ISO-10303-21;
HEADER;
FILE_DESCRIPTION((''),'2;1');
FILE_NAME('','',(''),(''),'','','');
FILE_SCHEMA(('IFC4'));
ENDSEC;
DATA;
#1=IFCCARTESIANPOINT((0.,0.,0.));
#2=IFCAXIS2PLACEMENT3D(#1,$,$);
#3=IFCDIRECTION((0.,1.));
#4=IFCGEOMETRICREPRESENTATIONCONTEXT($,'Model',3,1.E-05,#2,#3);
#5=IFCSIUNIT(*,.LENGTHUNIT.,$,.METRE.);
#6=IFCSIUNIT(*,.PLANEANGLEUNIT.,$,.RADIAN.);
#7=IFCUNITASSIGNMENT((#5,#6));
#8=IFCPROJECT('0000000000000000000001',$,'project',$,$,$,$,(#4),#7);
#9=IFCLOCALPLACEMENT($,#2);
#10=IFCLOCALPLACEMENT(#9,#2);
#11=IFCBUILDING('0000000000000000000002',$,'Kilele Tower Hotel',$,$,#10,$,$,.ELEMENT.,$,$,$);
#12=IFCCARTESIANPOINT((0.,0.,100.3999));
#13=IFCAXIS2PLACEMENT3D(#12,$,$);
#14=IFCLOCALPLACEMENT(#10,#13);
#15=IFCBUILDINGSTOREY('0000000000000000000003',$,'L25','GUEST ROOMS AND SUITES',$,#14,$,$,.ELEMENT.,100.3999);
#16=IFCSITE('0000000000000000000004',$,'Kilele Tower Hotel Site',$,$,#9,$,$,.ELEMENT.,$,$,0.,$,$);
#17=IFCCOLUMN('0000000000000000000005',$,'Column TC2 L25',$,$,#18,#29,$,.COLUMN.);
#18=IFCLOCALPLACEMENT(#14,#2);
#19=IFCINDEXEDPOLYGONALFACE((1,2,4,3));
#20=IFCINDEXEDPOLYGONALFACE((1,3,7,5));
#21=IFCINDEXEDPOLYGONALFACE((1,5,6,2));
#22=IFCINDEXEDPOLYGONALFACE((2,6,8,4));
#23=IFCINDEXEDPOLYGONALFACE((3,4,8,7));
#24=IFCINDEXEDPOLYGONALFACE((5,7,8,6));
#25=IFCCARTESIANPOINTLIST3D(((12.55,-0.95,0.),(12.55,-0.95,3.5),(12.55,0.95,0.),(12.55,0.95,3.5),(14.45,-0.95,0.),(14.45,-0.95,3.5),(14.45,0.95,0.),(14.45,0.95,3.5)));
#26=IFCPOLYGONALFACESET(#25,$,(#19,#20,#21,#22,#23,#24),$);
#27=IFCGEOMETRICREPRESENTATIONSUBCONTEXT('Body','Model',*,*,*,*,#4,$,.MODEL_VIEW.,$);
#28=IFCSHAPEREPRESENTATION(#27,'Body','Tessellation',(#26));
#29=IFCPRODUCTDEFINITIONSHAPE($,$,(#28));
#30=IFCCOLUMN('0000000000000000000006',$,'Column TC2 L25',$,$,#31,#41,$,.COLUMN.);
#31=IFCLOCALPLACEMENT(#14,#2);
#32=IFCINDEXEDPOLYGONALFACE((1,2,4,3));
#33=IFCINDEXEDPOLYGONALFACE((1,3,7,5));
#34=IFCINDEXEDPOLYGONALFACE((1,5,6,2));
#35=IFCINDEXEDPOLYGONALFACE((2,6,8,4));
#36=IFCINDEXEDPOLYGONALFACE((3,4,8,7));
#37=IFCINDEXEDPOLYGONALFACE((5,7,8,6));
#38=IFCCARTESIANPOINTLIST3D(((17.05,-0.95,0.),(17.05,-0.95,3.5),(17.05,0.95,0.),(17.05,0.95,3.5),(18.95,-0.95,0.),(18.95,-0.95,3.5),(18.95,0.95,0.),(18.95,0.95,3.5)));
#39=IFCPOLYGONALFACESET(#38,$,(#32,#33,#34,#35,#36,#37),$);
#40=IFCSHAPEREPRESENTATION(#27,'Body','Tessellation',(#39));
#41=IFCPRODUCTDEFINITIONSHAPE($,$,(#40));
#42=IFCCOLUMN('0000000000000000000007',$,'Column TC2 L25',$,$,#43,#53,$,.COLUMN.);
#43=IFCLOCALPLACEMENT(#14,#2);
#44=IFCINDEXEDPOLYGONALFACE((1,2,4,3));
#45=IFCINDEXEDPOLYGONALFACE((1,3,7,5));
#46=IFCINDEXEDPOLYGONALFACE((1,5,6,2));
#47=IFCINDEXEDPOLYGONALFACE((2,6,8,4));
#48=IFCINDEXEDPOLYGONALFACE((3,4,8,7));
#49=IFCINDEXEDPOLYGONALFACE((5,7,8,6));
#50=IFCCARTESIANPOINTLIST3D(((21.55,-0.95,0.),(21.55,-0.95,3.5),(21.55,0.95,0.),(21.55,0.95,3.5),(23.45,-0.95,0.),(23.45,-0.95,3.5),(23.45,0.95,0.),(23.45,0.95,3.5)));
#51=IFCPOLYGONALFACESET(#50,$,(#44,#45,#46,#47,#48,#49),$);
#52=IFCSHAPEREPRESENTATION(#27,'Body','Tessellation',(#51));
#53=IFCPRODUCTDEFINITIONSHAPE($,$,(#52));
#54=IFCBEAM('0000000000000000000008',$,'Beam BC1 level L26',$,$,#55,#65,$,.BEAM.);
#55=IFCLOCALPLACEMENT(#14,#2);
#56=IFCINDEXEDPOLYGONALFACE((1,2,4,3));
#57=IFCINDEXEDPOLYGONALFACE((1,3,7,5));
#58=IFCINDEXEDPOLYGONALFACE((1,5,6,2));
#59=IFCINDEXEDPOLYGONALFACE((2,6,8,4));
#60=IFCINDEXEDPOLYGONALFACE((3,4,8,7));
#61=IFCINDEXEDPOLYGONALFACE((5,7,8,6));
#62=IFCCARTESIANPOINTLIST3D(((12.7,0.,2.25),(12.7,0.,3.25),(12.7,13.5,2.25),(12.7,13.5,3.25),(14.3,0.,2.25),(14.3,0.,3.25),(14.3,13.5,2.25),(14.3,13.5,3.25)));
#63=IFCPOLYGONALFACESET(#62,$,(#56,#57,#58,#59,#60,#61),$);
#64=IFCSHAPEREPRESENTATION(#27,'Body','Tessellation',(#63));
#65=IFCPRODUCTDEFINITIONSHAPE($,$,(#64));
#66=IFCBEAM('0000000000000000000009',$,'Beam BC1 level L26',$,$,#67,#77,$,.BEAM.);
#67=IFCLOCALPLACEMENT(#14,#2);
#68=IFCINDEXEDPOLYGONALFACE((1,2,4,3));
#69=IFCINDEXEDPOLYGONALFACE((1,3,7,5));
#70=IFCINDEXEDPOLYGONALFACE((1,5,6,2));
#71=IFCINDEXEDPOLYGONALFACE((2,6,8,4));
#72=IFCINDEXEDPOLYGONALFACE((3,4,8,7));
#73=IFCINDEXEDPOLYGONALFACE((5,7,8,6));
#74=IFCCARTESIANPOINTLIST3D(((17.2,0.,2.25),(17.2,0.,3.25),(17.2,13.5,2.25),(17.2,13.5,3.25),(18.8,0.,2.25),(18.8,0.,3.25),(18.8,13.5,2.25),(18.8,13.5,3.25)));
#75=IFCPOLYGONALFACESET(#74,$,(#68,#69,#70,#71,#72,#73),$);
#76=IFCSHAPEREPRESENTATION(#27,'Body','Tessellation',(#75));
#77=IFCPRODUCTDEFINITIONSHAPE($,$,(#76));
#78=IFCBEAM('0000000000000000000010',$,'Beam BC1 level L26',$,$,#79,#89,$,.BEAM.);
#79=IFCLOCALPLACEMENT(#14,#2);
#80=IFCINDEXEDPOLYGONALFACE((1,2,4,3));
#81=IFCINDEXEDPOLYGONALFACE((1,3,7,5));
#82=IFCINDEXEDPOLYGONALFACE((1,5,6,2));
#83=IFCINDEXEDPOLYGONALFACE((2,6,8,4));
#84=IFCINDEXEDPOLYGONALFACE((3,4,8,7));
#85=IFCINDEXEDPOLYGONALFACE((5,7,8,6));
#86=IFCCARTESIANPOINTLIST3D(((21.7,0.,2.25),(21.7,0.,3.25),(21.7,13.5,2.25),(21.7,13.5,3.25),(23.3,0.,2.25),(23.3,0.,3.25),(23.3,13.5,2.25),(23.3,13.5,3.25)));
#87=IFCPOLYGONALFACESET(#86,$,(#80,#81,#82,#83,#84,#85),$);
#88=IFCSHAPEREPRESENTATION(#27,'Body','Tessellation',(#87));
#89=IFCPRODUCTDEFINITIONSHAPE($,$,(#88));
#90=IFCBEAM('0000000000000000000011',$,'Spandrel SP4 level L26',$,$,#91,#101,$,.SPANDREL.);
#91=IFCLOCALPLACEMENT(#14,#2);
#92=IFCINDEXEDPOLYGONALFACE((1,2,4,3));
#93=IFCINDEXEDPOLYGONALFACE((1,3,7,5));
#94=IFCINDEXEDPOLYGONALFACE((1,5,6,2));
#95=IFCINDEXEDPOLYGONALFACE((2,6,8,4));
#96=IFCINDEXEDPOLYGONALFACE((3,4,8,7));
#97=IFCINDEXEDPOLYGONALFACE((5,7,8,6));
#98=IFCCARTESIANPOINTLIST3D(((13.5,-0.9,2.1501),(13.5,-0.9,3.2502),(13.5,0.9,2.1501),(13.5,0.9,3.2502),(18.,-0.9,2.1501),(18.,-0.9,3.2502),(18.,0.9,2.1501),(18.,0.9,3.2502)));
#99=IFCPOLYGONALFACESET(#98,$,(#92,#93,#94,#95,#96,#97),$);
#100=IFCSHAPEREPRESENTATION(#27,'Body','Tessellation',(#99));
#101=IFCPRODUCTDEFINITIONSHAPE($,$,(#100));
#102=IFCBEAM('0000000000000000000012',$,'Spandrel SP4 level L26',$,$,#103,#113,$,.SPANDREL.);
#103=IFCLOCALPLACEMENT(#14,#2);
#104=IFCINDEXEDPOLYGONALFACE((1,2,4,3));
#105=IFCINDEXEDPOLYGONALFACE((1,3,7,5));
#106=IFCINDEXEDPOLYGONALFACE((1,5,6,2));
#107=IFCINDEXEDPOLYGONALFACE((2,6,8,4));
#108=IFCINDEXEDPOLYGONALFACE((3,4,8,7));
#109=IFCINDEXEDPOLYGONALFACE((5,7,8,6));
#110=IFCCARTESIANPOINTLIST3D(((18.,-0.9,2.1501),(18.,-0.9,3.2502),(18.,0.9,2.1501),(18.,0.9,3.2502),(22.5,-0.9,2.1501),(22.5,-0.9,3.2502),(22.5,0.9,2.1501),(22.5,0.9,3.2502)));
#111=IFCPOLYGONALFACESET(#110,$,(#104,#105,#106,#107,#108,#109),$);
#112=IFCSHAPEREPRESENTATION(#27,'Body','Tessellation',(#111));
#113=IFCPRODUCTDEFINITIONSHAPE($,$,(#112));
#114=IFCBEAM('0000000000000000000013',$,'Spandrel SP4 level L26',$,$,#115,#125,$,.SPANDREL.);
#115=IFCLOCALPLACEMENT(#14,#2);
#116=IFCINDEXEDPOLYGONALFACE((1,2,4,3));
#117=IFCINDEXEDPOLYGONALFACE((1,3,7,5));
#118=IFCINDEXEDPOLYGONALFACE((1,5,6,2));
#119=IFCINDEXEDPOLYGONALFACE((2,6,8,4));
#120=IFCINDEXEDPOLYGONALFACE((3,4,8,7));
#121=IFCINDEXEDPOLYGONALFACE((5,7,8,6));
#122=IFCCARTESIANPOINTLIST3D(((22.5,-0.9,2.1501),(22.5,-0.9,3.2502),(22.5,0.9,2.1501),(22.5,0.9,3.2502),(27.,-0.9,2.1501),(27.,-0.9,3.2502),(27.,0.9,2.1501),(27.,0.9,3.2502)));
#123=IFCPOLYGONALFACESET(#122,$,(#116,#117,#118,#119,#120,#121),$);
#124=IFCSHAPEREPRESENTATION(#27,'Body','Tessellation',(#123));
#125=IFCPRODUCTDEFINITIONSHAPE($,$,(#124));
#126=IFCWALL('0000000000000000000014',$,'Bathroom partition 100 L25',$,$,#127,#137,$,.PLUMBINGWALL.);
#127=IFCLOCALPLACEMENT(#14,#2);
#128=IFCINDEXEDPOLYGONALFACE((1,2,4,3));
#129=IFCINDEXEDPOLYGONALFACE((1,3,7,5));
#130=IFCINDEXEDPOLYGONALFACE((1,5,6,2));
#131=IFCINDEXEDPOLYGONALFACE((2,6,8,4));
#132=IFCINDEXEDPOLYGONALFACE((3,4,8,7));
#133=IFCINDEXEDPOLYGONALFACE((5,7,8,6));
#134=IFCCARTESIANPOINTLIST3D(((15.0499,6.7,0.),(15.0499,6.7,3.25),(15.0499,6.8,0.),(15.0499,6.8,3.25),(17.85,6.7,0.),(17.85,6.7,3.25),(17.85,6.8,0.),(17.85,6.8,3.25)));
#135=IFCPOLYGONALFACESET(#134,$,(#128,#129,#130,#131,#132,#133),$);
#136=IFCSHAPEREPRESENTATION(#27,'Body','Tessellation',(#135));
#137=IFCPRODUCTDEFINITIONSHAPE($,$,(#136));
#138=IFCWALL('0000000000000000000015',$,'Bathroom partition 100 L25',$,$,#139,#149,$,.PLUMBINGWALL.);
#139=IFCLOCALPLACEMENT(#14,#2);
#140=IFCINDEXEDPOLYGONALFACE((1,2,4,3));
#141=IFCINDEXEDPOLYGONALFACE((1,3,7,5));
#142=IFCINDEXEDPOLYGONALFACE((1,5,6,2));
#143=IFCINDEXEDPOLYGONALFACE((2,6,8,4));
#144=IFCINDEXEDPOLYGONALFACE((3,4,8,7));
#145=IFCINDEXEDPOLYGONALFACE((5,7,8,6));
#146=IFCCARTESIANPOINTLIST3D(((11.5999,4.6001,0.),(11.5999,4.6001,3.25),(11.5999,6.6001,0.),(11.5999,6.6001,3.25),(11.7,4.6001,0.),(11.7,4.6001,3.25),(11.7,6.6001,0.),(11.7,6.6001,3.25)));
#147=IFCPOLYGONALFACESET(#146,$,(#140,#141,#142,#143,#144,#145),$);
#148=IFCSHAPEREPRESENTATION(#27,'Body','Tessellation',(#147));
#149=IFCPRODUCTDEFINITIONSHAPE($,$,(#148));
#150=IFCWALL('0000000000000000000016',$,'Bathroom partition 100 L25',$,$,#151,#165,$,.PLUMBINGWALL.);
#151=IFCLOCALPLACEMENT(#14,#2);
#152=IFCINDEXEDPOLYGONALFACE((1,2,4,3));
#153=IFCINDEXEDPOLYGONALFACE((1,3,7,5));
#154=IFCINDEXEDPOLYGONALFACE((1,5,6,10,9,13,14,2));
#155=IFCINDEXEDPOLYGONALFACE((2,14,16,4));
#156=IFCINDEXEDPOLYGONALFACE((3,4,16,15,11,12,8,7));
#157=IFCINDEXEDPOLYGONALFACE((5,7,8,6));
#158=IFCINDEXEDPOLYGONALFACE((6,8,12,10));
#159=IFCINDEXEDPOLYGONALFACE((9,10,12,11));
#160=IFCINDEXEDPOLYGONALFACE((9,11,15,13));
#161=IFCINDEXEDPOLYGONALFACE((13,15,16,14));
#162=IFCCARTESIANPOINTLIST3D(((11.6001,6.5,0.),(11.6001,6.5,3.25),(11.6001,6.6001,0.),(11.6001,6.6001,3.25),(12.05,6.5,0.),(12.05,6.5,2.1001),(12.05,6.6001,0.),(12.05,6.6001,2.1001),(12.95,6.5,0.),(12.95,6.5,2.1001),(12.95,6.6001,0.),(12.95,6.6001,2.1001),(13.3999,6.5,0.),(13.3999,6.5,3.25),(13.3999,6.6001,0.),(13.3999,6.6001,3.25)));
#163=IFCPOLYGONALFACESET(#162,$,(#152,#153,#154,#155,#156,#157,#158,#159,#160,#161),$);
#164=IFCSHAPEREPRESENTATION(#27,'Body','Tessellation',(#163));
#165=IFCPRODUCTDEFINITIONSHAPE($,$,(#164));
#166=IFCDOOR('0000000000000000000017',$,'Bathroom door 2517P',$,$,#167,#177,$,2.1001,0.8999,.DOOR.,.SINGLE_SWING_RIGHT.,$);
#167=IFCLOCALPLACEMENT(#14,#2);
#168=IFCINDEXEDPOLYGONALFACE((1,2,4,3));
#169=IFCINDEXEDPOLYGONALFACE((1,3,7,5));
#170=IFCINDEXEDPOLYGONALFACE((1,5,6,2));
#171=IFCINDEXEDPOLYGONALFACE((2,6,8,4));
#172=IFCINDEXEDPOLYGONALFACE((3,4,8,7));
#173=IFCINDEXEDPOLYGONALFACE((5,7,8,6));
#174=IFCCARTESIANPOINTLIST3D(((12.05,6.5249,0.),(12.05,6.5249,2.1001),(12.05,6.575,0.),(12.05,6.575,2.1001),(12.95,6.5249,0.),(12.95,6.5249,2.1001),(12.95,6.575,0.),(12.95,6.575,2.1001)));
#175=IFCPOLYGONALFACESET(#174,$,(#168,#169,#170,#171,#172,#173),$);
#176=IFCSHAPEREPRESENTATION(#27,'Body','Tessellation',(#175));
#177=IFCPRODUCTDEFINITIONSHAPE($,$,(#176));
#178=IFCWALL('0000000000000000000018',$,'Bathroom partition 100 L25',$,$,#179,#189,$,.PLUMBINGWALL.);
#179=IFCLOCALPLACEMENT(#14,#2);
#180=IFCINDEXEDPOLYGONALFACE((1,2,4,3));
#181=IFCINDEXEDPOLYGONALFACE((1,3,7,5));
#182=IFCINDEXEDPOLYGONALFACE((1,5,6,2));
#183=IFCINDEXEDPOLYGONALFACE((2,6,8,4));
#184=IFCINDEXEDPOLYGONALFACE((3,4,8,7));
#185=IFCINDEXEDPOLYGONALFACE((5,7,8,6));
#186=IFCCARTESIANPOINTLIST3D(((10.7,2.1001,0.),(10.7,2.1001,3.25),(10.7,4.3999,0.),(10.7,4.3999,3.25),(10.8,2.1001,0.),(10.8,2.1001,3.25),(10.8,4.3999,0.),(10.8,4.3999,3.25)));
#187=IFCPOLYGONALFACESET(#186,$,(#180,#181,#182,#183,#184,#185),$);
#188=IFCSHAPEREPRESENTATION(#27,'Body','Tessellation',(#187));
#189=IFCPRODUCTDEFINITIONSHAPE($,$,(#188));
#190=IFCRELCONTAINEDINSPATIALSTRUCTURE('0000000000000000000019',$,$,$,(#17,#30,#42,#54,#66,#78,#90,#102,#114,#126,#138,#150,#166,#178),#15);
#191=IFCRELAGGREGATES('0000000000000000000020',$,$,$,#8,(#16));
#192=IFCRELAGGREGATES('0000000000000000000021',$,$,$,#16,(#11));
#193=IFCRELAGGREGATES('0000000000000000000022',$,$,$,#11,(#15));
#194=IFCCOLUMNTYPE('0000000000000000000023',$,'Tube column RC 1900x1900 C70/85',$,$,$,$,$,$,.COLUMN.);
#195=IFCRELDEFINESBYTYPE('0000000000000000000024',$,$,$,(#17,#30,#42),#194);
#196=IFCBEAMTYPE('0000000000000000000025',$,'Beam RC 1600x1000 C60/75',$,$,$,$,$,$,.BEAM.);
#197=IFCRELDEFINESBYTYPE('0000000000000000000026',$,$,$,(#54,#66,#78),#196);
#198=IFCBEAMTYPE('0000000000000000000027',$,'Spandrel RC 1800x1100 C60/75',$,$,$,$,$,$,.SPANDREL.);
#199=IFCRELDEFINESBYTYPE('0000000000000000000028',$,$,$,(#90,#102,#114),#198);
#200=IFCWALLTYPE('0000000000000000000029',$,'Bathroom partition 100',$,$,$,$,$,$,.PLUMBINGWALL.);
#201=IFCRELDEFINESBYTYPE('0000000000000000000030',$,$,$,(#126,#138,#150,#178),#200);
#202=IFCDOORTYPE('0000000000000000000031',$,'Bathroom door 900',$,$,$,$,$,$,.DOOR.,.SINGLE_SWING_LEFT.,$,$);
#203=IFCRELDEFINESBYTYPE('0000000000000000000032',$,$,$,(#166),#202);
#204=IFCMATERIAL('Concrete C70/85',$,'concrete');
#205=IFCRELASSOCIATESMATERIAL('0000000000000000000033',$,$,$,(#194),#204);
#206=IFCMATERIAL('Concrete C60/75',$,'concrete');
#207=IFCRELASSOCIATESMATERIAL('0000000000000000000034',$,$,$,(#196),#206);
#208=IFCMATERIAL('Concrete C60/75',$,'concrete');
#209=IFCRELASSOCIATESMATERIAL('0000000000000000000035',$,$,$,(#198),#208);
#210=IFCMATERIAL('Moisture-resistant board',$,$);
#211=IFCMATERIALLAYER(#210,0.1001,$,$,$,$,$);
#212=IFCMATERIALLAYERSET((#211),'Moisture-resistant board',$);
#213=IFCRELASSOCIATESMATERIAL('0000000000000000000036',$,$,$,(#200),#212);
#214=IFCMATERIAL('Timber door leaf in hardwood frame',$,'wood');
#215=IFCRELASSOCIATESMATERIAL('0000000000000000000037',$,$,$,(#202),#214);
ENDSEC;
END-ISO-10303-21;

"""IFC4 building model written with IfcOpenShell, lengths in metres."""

from ifc_helpers import new_model, si_unit, direction, frame, frame_2d, origin, origin_2d, place, context, subcontext, project, spatial, rectangle, extrude, material, layer, layer_set, material_profile, profile_set, type_object, element, fill, save


model = new_model("IFC4")

# Units and contexts
model_context = context("Model", 3, precision=1e-05, world=origin(), true_north=direction((0.0, 1.0)))
body_context = subcontext(model_context, "Body", "Model", "MODEL_VIEW")
ifc_project = project(units=[si_unit("LENGTHUNIT", "METRE"), si_unit("PLANEANGLEUNIT", "RADIAN")], contexts=[model_context])

# Site, building, storey
site_placement = place(None, origin())
site = spatial("IfcSite", under=ifc_project, at=site_placement, Name="Kilele Tower Hotel Site", CompositionType="ELEMENT", RefElevation=0.0)
building_placement = place(site_placement, origin())
building = spatial("IfcBuilding", under=site, at=building_placement, Name="Kilele Tower Hotel", CompositionType="ELEMENT")
storey_placement = place(building_placement, frame((0.0, 0.0, 100.3999)))
storey = spatial("IfcBuildingStorey", under=building, at=storey_placement, Name="L25", Description="GUEST ROOMS AND SUITES", CompositionType="ELEMENT", Elevation=100.3999)

# Columns
ifc_material_1 = material(Name="Concrete C70/85", Category="concrete")
ifc_material_profile_1 = material_profile(ifc_material_1, rectangle(XDim=1.8999, YDim=1.8999, at=origin_2d()))
ifc_profile_set_1 = profile_set([ifc_material_profile_1], Name="Concrete C70/85")
column_type = type_object("IfcColumnType", Name="Tube column RC 1900x1900 C70/85", PredefinedType="COLUMN", material=ifc_profile_set_1)
for number, where, z_axis, x_axis, name in (
    (1, (13.5, 0.0, 0.0), (0.0, 0.0, 1.0), (1.0, 0.0, 0.0), "Column TC2 L25"),
    (2, (18.0, 0.0, 0.0), (0.0, 0.0, 1.0), (1.0, 0.0, 0.0), "Column TC2 L25"),
    (3, (22.5, 0.0, 0.0), (0.0, 0.0, 1.0), (1.0, 0.0, 0.0), "Column TC2 L25"),
):
    element("IfcColumn", number, at=place(storey_placement, frame(where, z_axis=z_axis, x_axis=x_axis)), inside=storey, type_object=column_type, Name=name, PredefinedType="COLUMN", context=body_context, shape_type="SweptSolid", body=[
        extrude(rectangle(XDim=1.8999, YDim=1.8999, at=origin_2d()), origin(), (0.0, 0.0, 1.0), 3.5),
    ])

# Beams
ifc_material_2 = material(Name="Concrete C60/75", Category="concrete")
ifc_material_profile_2 = material_profile(ifc_material_2, rectangle(XDim=1.6001, YDim=1.0, at=origin_2d()))
ifc_profile_set_2 = profile_set([ifc_material_profile_2], Name="Concrete C60/75")
beam_type_1 = type_object("IfcBeamType", Name="Beam RC 1600x1000 C60/75", PredefinedType="BEAM", material=ifc_profile_set_2)
for number, where, z_axis, x_axis, name in (
    (4, (13.5, 0.0, 2.75), (0.0, 1.0, 0.0), (-1.0, 0.0, 0.0), "Beam BC1 level L26"),
    (5, (18.0, 0.0, 2.75), (0.0, 1.0, 0.0), (-1.0, 0.0, 0.0), "Beam BC1 level L26"),
    (6, (22.5, 0.0, 2.75), (0.0, 1.0, 0.0), (-1.0, 0.0, 0.0), "Beam BC1 level L26"),
):
    element("IfcBeam", number, at=place(storey_placement, frame(where, z_axis=z_axis, x_axis=x_axis)), inside=storey, type_object=beam_type_1, Name=name, PredefinedType="BEAM", context=body_context, shape_type="SweptSolid", body=[
        extrude(rectangle(XDim=1.6001, YDim=1.0, at=origin_2d()), origin(), (0.0, 0.0, 1.0), 13.5),
    ])
ifc_material_3 = material(Name="Concrete C60/75", Category="concrete")
ifc_material_profile_3 = material_profile(ifc_material_3, rectangle(XDim=1.8, YDim=1.1001, at=origin_2d()))
ifc_profile_set_3 = profile_set([ifc_material_profile_3], Name="Concrete C60/75")
beam_type_2 = type_object("IfcBeamType", Name="Spandrel RC 1800x1100 C60/75", PredefinedType="SPANDREL", material=ifc_profile_set_3)
for number, where, z_axis, x_axis, name in (
    (7, (13.5, 0.0, 2.7002), (1.0, 0.0, 0.0), (0.0, 1.0, 0.0), "Spandrel SP4 level L26"),
    (8, (18.0, 0.0, 2.7002), (1.0, 0.0, 0.0), (0.0, 1.0, 0.0), "Spandrel SP4 level L26"),
    (9, (22.5, 0.0, 2.7002), (1.0, 0.0, 0.0), (0.0, 1.0, 0.0), "Spandrel SP4 level L26"),
):
    element("IfcBeam", number, at=place(storey_placement, frame(where, z_axis=z_axis, x_axis=x_axis)), inside=storey, type_object=beam_type_2, Name=name, PredefinedType="SPANDREL", context=body_context, shape_type="SweptSolid", body=[
        extrude(rectangle(XDim=1.8, YDim=1.1001, at=origin_2d()), origin(), (0.0, 0.0, 1.0), 4.5),
    ])

# Walls
ifc_material_4 = material(Name="Moisture-resistant board")
ifc_layer_1 = layer(ifc_material_4, 0.1001)
ifc_layer_set_1 = layer_set([ifc_layer_1], Name="Moisture-resistant board")
wall_type_1 = type_object("IfcWallType", Name="Bathroom partition 100", PredefinedType="PLUMBINGWALL", material=ifc_layer_set_1)
wall_1_placement = place(storey_placement, frame((15.05, 6.75, 0.0), z_axis=(0.0, 0.0, 1.0), x_axis=(1.0, 0.0, 0.0)))
element("IfcWall", 10, at=wall_1_placement, inside=storey, type_object=wall_type_1, Name="Bathroom partition 100 L25", PredefinedType="PLUMBINGWALL", context=body_context, shape_type="SweptSolid", body=[
    extrude(rectangle(XDim=2.8, YDim=0.1001, at=frame_2d((1.3999, 0.0))), origin(), (0.0, 0.0, 1.0), 3.25),
])
wall_2_placement = place(storey_placement, frame((11.6499, 4.6001, 0.0), z_axis=(0.0, 0.0, 1.0), x_axis=(0.0, 1.0, 0.0)))
element("IfcWall", 11, at=wall_2_placement, inside=storey, type_object=wall_type_1, Name="Bathroom partition 100 L25", PredefinedType="PLUMBINGWALL", context=body_context, shape_type="SweptSolid", body=[
    extrude(rectangle(XDim=2.0, YDim=0.1001, at=frame_2d((1.0, 0.0))), origin(), (0.0, 0.0, 1.0), 3.25),
])

# Wall, opening, door
wall_3_placement = place(storey_placement, frame((13.3999, 6.55, 0.0), z_axis=(0.0, 0.0, 1.0), x_axis=(-1.0, 0.0, 0.0)))
wall_3 = element("IfcWall", 12, at=wall_3_placement, inside=storey, type_object=wall_type_1, Name="Bathroom partition 100 L25", PredefinedType="PLUMBINGWALL", context=body_context, shape_type="SweptSolid", body=[
    extrude(rectangle(XDim=1.7998, YDim=0.1001, at=frame_2d((0.8999, 0.0))), origin(), (0.0, 0.0, 1.0), 3.25),
])
opening_1_placement = place(wall_3_placement, frame((1.3499, 0.0, 0.0), z_axis=(0.0, 0.0, 1.0), x_axis=(-1.0, 0.0, 0.0)))
opening_1 = element("IfcOpeningElement", 13, at=opening_1_placement, cuts=wall_3, PredefinedType="OPENING", context=body_context, shape_type="SweptSolid", body=[
    extrude(rectangle(XDim=0.8999, YDim=2.1001, at=frame_2d((0.45, 1.05))), frame((0.0, 0.0601, 0.0), z_axis=(0.0, -1.0, 0.0), x_axis=(1.0, 0.0, 0.0)), (0.0, 0.0, 1.0), 0.1201),
])
ifc_material_5 = material(Name="Timber door leaf in hardwood frame", Category="wood")
door_type_1 = type_object("IfcDoorType", Name="Bathroom door 900", OperationType="SINGLE_SWING_LEFT", PredefinedType="DOOR", material=ifc_material_5)
door_1_placement = place(opening_1_placement, origin())
door_1 = element("IfcDoor", 14, at=door_1_placement, inside=storey, type_object=door_type_1, Name="Bathroom door 2517P", OperationType="SINGLE_SWING_RIGHT", OverallHeight=2.1001, OverallWidth=0.8999, PredefinedType="DOOR", context=body_context, shape_type="SweptSolid", body=[
    extrude(rectangle(XDim=0.8999, YDim=2.1001, at=frame_2d((0.45, 1.05))), frame((0.0, 0.0249, 0.0), z_axis=(0.0, -1.0, 0.0), x_axis=(1.0, 0.0, 0.0)), (0.0, 0.0, 1.0), 0.05),
])
fill(opening_1, door_1)

# Wall
wall_4_placement = place(storey_placement, frame((10.75, 4.3999, 0.0), z_axis=(0.0, 0.0, 1.0), x_axis=(0.0, -1.0, 0.0)))
element("IfcWall", 15, at=wall_4_placement, inside=storey, type_object=wall_type_1, Name="Bathroom partition 100 L25", PredefinedType="PLUMBINGWALL", context=body_context, shape_type="SweptSolid", body=[
    extrude(rectangle(XDim=2.2998, YDim=0.1001, at=frame_2d((1.1499, 0.0))), origin(), (0.0, 0.0, 1.0), 3.25),
])

save(model, "model.ifc")
